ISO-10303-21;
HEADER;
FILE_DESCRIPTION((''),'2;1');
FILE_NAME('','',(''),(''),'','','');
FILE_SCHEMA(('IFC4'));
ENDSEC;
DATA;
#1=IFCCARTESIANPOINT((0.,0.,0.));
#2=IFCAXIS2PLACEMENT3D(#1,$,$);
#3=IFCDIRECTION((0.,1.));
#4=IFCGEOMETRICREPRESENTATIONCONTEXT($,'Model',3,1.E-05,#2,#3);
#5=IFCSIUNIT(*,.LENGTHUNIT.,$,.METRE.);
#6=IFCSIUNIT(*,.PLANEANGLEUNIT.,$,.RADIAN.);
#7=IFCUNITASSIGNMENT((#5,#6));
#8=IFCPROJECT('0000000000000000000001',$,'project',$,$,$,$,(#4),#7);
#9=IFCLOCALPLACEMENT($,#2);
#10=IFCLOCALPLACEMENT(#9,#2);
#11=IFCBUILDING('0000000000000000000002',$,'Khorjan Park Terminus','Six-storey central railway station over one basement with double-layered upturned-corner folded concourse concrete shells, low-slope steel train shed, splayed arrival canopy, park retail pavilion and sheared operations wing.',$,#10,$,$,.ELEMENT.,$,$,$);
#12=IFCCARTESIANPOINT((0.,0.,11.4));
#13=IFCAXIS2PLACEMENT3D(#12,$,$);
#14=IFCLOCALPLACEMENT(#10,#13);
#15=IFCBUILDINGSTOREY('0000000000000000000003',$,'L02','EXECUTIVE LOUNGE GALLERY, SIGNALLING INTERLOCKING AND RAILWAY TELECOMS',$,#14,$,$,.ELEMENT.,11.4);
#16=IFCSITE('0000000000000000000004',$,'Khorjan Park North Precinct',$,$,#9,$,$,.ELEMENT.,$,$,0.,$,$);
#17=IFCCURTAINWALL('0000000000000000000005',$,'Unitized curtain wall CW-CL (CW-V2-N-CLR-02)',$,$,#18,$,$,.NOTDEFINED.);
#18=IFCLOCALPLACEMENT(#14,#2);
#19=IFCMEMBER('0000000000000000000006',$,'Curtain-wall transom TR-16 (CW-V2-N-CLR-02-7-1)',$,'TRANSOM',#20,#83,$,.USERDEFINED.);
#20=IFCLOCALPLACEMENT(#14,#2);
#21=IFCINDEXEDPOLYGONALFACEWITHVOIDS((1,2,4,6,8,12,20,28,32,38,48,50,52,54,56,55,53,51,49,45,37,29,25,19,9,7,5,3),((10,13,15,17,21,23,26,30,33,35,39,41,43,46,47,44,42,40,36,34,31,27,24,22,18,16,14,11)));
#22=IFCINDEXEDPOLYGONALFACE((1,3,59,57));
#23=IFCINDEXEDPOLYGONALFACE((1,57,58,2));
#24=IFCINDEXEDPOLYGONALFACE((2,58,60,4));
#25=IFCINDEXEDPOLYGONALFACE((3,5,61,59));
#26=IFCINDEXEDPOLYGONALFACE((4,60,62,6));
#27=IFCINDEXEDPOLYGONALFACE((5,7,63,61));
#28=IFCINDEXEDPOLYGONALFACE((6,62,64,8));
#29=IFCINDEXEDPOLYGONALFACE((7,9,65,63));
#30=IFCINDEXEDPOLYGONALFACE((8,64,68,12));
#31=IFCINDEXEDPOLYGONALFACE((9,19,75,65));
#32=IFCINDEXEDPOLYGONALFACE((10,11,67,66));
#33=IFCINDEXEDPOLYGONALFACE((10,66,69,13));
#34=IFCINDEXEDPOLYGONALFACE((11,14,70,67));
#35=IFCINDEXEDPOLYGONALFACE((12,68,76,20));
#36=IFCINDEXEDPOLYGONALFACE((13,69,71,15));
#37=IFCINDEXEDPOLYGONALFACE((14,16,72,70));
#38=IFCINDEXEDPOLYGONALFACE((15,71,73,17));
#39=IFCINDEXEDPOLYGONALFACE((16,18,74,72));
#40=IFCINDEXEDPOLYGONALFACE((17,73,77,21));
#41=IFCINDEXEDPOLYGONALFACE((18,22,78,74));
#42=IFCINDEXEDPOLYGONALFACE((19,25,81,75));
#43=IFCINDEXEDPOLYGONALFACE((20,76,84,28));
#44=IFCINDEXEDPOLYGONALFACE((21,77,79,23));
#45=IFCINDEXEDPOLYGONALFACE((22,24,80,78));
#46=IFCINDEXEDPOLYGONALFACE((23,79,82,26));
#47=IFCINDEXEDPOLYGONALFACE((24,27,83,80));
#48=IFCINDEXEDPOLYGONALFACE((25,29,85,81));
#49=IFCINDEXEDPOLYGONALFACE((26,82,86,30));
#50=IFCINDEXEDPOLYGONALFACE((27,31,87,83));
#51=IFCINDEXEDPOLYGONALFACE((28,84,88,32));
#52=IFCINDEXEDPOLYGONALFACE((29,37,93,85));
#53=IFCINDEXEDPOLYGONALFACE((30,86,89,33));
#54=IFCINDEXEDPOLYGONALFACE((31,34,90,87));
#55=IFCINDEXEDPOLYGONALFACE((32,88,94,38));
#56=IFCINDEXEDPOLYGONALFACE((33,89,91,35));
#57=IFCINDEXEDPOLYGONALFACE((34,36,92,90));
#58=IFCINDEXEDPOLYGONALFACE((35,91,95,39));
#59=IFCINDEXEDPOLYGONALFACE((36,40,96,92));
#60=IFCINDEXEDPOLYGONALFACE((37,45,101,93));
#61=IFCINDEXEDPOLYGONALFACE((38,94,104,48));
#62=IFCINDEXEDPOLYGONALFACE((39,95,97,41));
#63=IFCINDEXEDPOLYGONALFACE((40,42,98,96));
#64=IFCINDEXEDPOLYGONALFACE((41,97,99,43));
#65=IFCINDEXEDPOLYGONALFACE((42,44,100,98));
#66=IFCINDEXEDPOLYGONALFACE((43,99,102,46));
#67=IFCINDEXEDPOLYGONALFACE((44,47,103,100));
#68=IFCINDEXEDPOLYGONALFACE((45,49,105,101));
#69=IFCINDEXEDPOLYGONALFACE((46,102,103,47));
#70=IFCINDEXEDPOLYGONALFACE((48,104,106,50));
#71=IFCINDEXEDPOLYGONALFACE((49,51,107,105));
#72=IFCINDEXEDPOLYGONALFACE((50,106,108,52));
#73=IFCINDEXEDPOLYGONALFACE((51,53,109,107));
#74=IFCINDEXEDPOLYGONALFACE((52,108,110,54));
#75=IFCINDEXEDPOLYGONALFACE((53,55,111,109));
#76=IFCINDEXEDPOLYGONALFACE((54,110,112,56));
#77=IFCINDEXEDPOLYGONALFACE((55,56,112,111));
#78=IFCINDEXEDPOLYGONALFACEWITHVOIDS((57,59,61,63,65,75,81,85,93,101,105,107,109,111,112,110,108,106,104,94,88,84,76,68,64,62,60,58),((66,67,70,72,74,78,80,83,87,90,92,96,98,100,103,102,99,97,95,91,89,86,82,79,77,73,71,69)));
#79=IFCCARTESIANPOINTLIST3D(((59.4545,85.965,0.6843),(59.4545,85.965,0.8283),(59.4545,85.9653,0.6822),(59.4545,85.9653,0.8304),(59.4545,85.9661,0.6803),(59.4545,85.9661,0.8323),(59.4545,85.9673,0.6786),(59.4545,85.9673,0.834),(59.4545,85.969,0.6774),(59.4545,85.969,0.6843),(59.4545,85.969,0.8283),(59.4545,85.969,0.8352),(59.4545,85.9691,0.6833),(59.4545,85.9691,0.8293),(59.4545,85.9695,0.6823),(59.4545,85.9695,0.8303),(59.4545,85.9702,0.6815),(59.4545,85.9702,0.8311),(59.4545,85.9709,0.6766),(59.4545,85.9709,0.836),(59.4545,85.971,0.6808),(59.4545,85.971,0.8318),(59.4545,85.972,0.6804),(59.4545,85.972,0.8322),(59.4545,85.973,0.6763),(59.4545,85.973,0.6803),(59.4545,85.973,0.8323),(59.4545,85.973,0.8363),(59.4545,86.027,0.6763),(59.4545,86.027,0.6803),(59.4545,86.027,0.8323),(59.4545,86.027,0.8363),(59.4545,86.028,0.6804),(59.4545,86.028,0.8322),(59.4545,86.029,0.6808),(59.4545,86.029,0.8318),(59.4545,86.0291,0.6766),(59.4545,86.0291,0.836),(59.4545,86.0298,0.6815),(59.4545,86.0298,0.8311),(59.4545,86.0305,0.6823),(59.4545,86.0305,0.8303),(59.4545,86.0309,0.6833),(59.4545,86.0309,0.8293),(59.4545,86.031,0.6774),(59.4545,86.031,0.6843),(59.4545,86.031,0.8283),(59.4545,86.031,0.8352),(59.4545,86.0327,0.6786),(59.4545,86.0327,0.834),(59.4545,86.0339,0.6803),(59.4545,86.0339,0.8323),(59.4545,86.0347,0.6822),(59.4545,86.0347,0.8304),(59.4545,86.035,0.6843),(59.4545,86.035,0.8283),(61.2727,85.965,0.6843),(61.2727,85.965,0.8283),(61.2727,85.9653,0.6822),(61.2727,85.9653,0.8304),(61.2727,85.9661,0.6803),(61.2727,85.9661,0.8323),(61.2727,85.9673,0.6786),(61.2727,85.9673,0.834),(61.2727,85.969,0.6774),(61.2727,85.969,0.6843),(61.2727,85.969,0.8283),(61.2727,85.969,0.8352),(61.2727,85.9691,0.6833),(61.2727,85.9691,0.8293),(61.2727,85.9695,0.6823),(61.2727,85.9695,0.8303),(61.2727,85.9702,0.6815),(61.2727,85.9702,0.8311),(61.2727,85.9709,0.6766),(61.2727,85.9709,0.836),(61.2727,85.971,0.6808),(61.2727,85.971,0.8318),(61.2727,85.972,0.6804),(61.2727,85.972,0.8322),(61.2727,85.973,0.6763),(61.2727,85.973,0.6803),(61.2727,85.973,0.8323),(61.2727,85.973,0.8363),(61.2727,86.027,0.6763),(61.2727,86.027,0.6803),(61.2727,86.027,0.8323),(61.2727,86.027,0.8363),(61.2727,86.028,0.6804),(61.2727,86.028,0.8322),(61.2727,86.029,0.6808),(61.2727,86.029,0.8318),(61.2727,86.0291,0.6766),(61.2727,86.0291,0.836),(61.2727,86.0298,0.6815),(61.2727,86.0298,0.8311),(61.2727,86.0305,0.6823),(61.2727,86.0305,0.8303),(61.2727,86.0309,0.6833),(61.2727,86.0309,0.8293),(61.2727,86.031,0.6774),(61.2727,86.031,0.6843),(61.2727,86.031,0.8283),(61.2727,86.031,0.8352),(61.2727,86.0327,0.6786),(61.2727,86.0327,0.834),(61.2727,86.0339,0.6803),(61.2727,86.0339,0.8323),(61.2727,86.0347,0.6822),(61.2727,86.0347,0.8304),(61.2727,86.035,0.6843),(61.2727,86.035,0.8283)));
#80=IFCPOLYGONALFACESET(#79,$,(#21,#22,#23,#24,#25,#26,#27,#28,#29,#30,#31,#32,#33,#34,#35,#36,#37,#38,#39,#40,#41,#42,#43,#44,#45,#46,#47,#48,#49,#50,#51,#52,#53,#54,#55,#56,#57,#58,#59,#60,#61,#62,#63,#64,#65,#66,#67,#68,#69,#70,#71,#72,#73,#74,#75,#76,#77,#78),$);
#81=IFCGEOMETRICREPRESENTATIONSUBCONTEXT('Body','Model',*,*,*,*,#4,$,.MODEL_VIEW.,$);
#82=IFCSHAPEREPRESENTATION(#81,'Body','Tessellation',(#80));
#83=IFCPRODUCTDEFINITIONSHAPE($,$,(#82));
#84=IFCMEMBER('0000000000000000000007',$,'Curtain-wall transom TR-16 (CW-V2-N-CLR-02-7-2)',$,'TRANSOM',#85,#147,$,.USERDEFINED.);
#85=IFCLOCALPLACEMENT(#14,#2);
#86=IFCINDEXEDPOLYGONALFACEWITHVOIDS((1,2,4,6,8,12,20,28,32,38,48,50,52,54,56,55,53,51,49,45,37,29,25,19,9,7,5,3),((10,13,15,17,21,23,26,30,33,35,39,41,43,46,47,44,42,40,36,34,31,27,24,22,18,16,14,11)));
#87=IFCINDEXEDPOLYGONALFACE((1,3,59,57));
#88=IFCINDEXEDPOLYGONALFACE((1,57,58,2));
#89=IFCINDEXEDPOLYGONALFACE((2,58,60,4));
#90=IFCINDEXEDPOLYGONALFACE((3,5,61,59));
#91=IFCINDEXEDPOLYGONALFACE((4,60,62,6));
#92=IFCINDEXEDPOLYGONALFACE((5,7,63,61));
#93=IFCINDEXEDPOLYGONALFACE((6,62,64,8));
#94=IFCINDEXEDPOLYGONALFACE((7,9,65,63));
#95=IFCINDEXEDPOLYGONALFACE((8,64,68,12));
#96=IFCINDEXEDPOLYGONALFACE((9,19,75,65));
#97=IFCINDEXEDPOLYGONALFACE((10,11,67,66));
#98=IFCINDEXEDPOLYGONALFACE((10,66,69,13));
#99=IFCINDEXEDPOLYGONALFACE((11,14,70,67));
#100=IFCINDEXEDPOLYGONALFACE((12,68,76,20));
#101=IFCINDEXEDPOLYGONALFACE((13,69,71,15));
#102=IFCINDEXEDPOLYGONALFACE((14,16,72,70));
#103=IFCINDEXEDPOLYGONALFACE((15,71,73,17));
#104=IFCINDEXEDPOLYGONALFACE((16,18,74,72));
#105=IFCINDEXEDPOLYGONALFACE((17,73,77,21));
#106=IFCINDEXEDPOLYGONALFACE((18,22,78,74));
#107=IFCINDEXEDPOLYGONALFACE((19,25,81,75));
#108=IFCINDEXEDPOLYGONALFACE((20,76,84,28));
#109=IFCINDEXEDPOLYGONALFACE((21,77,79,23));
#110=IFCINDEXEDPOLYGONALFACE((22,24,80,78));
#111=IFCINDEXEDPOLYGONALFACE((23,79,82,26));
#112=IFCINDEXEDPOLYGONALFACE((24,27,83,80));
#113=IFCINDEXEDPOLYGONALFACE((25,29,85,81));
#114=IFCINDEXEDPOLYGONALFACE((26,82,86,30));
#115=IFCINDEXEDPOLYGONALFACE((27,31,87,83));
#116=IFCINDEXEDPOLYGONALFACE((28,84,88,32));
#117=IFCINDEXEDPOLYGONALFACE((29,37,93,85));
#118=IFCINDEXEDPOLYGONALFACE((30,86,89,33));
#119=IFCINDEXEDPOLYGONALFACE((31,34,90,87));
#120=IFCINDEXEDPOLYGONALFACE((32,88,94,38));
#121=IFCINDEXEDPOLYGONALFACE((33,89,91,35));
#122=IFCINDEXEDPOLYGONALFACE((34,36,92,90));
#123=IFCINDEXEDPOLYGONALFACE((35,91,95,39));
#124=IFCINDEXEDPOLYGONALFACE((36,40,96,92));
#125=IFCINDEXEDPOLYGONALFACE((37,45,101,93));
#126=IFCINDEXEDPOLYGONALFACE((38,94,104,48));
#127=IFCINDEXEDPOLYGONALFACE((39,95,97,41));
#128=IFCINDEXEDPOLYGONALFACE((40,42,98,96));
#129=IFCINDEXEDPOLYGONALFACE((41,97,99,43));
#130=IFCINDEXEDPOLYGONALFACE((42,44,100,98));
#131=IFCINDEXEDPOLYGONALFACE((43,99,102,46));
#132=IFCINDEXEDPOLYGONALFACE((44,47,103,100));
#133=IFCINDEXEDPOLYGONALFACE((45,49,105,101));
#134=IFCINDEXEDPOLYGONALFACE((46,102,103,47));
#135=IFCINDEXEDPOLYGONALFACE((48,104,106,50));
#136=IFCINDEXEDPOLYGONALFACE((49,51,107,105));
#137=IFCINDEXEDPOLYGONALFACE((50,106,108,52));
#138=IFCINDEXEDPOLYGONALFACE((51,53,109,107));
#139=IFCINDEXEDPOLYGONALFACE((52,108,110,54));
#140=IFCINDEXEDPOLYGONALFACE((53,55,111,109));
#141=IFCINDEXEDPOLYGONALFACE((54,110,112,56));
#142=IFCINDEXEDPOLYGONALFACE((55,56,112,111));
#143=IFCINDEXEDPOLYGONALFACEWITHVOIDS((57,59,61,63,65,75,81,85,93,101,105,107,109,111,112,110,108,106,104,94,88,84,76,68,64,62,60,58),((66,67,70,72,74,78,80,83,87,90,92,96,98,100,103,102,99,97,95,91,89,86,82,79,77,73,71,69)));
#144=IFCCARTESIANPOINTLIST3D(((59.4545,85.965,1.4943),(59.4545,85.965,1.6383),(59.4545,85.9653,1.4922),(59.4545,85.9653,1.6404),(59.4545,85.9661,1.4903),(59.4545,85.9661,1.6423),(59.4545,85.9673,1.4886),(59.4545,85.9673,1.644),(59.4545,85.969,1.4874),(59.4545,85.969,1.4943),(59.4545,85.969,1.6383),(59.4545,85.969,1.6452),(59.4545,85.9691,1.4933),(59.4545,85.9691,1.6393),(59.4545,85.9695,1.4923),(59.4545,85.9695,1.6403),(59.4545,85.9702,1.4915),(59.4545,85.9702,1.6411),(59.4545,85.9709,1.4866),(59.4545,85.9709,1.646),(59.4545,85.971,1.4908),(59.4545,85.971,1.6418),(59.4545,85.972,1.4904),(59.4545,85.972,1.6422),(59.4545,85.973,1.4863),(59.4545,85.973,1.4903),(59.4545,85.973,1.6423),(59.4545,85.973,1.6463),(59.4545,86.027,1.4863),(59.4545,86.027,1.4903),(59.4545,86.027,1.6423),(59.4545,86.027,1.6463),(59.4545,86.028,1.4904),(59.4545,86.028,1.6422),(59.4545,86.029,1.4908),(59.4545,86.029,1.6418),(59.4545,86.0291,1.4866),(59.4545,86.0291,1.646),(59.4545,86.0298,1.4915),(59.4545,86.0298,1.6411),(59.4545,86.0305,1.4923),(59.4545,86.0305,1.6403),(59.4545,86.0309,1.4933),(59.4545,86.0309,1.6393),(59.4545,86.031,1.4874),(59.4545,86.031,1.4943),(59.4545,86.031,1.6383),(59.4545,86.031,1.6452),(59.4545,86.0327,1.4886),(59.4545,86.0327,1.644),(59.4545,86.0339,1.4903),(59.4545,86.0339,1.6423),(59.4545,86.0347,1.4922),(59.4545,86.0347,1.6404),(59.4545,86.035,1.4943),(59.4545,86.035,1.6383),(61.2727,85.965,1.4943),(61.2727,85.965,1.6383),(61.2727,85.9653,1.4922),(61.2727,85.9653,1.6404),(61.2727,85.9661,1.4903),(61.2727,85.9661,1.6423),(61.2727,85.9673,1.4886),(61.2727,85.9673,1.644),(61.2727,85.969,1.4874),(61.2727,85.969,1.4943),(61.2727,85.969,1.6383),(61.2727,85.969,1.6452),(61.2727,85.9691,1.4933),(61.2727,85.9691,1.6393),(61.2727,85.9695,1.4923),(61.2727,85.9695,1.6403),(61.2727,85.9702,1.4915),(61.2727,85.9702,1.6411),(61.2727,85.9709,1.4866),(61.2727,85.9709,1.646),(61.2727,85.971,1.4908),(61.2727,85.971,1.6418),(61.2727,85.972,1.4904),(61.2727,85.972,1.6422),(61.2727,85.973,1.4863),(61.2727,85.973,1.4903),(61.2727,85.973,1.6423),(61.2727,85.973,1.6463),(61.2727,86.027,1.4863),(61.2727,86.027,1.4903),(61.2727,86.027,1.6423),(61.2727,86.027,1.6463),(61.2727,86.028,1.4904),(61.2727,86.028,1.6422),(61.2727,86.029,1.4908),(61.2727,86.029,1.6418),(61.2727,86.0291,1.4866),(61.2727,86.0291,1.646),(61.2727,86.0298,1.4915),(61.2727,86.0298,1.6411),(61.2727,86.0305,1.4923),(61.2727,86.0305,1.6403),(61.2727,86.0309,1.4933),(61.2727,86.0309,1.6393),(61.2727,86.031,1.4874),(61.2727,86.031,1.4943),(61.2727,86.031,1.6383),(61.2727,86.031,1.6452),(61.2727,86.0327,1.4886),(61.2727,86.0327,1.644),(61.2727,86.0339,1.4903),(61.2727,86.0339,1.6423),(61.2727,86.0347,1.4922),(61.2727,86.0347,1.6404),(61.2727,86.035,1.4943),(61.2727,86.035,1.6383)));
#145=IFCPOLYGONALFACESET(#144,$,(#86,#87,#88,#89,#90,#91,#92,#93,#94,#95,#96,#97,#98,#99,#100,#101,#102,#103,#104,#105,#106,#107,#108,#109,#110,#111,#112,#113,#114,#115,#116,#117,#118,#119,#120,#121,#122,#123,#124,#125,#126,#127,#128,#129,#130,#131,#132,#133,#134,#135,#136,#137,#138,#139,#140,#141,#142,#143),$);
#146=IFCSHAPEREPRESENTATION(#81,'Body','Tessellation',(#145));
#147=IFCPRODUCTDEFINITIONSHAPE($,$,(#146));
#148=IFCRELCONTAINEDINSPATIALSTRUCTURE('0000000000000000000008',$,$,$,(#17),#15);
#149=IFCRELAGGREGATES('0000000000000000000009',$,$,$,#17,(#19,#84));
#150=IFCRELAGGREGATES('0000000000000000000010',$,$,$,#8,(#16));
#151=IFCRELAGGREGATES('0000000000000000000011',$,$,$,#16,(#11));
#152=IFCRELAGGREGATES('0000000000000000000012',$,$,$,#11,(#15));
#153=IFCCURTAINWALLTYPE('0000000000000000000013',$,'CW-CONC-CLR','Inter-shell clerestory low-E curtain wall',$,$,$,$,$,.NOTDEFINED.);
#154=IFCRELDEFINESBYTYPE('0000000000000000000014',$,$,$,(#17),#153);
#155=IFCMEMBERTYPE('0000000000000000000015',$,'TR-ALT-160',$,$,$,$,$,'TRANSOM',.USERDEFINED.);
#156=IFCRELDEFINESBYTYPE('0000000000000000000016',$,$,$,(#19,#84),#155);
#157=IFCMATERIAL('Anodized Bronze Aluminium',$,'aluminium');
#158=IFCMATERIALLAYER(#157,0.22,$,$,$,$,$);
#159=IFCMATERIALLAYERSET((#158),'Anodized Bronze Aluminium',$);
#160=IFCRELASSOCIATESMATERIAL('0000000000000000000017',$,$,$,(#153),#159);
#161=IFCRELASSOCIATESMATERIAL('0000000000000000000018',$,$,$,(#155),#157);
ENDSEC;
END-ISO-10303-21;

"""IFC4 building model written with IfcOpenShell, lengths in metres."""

from ifc_helpers import new_model, si_unit, direction, frame, origin, origin_2d, place, context, subcontext, project, spatial, hollow_rectangle, extrude, material, layer, layer_set, material_profile, profile_set, type_object, element, aggregate, save


model = new_model("IFC4")

# Units and contexts
model_context = context("Model", 3, precision=1e-05, world=origin(), true_north=direction((0.0, 1.0)))
body_context = subcontext(model_context, "Body", "Model", "MODEL_VIEW")
ifc_project = project(units=[si_unit("LENGTHUNIT", "METRE"), si_unit("PLANEANGLEUNIT", "RADIAN")], contexts=[model_context])

# Site, building, storey
site_placement = place(None, origin())
site = spatial("IfcSite", under=ifc_project, at=site_placement, Name="Khorjan Park North Precinct", CompositionType="ELEMENT", RefElevation=0.0)
building_placement = place(site_placement, origin())
building = spatial("IfcBuilding", under=site, at=building_placement, Name="Khorjan Park Terminus", Description="Six-storey central railway station over one basement with double-layered upturned-corner folded concourse concrete shells, low-slope steel train shed, splayed arrival canopy, park retail pavilion and sheared operations wing.", CompositionType="ELEMENT")
storey_placement = place(building_placement, frame((0.0, 0.0, 11.4)))
storey = spatial("IfcBuildingStorey", under=building, at=storey_placement, Name="L02", Description="EXECUTIVE LOUNGE GALLERY, SIGNALLING INTERLOCKING AND RAILWAY TELECOMS", CompositionType="ELEMENT", Elevation=11.4)

# Curtain wall, members
ifc_material_1 = material(Name="Anodized Bronze Aluminium", Category="aluminium")
ifc_layer_1 = layer(ifc_material_1, 0.22)
ifc_layer_set_1 = layer_set([ifc_layer_1], Name="Anodized Bronze Aluminium")
curtain_wall_type = type_object("IfcCurtainWallType", Name="CW-CONC-CLR", Description="Inter-shell clerestory low-E curtain wall", PredefinedType="NOTDEFINED", material=ifc_layer_set_1)
curtain_wall_placement = place(storey_placement, origin())
curtain_wall = element("IfcCurtainWall", 1, at=curtain_wall_placement, inside=storey, type_object=curtain_wall_type, Name="Unitized curtain wall CW-CL (CW-V2-N-CLR-02)", PredefinedType="NOTDEFINED")
ifc_material_profile_1 = material_profile(ifc_material_1, hollow_rectangle(XDim=0.07, YDim=0.16, WallThickness=0.004, InnerFilletRadius=0.004, OuterFilletRadius=0.008, at=origin_2d()), Name="ALT 70x160x4")
ifc_profile_set_1 = profile_set([ifc_material_profile_1], Name="Anodized Bronze Aluminium")
member_type_1 = type_object("IfcMemberType", Name="TR-ALT-160", ElementType="TRANSOM", PredefinedType="USERDEFINED", material=ifc_profile_set_1)
member_1_placement = place(storey_placement, frame((61.2727, 86.0, 0.7563), z_axis=(-1.0, 0.0, 0.0), x_axis=(0.0, -1.0, 0.0)))
member_1 = element("IfcMember", 2, at=member_1_placement, type_object=member_type_1, Name="Curtain-wall transom TR-16 (CW-V2-N-CLR-02-7-1)", ObjectType="TRANSOM", PredefinedType="USERDEFINED", context=body_context, shape_type="SweptSolid", body=[
    extrude(hollow_rectangle(XDim=0.07, YDim=0.16, WallThickness=0.004, InnerFilletRadius=0.004, OuterFilletRadius=0.008, at=origin_2d()), origin(), (0.0, 0.0, 1.0), 1.8182),
])
member_2_placement = place(storey_placement, frame((61.2727, 86.0, 1.5663), z_axis=(-1.0, 0.0, 0.0), x_axis=(0.0, -1.0, 0.0)))
member_2 = element("IfcMember", 3, at=member_2_placement, type_object=member_type_1, Name="Curtain-wall transom TR-16 (CW-V2-N-CLR-02-7-2)", ObjectType="TRANSOM", PredefinedType="USERDEFINED", context=body_context, shape_type="SweptSolid", body=[
    extrude(hollow_rectangle(XDim=0.07, YDim=0.16, WallThickness=0.004, InnerFilletRadius=0.004, OuterFilletRadius=0.008, at=origin_2d()), origin(), (0.0, 0.0, 1.0), 1.8182),
])

aggregate(curtain_wall, [member_1, member_2])

save(model, "model.ifc")
